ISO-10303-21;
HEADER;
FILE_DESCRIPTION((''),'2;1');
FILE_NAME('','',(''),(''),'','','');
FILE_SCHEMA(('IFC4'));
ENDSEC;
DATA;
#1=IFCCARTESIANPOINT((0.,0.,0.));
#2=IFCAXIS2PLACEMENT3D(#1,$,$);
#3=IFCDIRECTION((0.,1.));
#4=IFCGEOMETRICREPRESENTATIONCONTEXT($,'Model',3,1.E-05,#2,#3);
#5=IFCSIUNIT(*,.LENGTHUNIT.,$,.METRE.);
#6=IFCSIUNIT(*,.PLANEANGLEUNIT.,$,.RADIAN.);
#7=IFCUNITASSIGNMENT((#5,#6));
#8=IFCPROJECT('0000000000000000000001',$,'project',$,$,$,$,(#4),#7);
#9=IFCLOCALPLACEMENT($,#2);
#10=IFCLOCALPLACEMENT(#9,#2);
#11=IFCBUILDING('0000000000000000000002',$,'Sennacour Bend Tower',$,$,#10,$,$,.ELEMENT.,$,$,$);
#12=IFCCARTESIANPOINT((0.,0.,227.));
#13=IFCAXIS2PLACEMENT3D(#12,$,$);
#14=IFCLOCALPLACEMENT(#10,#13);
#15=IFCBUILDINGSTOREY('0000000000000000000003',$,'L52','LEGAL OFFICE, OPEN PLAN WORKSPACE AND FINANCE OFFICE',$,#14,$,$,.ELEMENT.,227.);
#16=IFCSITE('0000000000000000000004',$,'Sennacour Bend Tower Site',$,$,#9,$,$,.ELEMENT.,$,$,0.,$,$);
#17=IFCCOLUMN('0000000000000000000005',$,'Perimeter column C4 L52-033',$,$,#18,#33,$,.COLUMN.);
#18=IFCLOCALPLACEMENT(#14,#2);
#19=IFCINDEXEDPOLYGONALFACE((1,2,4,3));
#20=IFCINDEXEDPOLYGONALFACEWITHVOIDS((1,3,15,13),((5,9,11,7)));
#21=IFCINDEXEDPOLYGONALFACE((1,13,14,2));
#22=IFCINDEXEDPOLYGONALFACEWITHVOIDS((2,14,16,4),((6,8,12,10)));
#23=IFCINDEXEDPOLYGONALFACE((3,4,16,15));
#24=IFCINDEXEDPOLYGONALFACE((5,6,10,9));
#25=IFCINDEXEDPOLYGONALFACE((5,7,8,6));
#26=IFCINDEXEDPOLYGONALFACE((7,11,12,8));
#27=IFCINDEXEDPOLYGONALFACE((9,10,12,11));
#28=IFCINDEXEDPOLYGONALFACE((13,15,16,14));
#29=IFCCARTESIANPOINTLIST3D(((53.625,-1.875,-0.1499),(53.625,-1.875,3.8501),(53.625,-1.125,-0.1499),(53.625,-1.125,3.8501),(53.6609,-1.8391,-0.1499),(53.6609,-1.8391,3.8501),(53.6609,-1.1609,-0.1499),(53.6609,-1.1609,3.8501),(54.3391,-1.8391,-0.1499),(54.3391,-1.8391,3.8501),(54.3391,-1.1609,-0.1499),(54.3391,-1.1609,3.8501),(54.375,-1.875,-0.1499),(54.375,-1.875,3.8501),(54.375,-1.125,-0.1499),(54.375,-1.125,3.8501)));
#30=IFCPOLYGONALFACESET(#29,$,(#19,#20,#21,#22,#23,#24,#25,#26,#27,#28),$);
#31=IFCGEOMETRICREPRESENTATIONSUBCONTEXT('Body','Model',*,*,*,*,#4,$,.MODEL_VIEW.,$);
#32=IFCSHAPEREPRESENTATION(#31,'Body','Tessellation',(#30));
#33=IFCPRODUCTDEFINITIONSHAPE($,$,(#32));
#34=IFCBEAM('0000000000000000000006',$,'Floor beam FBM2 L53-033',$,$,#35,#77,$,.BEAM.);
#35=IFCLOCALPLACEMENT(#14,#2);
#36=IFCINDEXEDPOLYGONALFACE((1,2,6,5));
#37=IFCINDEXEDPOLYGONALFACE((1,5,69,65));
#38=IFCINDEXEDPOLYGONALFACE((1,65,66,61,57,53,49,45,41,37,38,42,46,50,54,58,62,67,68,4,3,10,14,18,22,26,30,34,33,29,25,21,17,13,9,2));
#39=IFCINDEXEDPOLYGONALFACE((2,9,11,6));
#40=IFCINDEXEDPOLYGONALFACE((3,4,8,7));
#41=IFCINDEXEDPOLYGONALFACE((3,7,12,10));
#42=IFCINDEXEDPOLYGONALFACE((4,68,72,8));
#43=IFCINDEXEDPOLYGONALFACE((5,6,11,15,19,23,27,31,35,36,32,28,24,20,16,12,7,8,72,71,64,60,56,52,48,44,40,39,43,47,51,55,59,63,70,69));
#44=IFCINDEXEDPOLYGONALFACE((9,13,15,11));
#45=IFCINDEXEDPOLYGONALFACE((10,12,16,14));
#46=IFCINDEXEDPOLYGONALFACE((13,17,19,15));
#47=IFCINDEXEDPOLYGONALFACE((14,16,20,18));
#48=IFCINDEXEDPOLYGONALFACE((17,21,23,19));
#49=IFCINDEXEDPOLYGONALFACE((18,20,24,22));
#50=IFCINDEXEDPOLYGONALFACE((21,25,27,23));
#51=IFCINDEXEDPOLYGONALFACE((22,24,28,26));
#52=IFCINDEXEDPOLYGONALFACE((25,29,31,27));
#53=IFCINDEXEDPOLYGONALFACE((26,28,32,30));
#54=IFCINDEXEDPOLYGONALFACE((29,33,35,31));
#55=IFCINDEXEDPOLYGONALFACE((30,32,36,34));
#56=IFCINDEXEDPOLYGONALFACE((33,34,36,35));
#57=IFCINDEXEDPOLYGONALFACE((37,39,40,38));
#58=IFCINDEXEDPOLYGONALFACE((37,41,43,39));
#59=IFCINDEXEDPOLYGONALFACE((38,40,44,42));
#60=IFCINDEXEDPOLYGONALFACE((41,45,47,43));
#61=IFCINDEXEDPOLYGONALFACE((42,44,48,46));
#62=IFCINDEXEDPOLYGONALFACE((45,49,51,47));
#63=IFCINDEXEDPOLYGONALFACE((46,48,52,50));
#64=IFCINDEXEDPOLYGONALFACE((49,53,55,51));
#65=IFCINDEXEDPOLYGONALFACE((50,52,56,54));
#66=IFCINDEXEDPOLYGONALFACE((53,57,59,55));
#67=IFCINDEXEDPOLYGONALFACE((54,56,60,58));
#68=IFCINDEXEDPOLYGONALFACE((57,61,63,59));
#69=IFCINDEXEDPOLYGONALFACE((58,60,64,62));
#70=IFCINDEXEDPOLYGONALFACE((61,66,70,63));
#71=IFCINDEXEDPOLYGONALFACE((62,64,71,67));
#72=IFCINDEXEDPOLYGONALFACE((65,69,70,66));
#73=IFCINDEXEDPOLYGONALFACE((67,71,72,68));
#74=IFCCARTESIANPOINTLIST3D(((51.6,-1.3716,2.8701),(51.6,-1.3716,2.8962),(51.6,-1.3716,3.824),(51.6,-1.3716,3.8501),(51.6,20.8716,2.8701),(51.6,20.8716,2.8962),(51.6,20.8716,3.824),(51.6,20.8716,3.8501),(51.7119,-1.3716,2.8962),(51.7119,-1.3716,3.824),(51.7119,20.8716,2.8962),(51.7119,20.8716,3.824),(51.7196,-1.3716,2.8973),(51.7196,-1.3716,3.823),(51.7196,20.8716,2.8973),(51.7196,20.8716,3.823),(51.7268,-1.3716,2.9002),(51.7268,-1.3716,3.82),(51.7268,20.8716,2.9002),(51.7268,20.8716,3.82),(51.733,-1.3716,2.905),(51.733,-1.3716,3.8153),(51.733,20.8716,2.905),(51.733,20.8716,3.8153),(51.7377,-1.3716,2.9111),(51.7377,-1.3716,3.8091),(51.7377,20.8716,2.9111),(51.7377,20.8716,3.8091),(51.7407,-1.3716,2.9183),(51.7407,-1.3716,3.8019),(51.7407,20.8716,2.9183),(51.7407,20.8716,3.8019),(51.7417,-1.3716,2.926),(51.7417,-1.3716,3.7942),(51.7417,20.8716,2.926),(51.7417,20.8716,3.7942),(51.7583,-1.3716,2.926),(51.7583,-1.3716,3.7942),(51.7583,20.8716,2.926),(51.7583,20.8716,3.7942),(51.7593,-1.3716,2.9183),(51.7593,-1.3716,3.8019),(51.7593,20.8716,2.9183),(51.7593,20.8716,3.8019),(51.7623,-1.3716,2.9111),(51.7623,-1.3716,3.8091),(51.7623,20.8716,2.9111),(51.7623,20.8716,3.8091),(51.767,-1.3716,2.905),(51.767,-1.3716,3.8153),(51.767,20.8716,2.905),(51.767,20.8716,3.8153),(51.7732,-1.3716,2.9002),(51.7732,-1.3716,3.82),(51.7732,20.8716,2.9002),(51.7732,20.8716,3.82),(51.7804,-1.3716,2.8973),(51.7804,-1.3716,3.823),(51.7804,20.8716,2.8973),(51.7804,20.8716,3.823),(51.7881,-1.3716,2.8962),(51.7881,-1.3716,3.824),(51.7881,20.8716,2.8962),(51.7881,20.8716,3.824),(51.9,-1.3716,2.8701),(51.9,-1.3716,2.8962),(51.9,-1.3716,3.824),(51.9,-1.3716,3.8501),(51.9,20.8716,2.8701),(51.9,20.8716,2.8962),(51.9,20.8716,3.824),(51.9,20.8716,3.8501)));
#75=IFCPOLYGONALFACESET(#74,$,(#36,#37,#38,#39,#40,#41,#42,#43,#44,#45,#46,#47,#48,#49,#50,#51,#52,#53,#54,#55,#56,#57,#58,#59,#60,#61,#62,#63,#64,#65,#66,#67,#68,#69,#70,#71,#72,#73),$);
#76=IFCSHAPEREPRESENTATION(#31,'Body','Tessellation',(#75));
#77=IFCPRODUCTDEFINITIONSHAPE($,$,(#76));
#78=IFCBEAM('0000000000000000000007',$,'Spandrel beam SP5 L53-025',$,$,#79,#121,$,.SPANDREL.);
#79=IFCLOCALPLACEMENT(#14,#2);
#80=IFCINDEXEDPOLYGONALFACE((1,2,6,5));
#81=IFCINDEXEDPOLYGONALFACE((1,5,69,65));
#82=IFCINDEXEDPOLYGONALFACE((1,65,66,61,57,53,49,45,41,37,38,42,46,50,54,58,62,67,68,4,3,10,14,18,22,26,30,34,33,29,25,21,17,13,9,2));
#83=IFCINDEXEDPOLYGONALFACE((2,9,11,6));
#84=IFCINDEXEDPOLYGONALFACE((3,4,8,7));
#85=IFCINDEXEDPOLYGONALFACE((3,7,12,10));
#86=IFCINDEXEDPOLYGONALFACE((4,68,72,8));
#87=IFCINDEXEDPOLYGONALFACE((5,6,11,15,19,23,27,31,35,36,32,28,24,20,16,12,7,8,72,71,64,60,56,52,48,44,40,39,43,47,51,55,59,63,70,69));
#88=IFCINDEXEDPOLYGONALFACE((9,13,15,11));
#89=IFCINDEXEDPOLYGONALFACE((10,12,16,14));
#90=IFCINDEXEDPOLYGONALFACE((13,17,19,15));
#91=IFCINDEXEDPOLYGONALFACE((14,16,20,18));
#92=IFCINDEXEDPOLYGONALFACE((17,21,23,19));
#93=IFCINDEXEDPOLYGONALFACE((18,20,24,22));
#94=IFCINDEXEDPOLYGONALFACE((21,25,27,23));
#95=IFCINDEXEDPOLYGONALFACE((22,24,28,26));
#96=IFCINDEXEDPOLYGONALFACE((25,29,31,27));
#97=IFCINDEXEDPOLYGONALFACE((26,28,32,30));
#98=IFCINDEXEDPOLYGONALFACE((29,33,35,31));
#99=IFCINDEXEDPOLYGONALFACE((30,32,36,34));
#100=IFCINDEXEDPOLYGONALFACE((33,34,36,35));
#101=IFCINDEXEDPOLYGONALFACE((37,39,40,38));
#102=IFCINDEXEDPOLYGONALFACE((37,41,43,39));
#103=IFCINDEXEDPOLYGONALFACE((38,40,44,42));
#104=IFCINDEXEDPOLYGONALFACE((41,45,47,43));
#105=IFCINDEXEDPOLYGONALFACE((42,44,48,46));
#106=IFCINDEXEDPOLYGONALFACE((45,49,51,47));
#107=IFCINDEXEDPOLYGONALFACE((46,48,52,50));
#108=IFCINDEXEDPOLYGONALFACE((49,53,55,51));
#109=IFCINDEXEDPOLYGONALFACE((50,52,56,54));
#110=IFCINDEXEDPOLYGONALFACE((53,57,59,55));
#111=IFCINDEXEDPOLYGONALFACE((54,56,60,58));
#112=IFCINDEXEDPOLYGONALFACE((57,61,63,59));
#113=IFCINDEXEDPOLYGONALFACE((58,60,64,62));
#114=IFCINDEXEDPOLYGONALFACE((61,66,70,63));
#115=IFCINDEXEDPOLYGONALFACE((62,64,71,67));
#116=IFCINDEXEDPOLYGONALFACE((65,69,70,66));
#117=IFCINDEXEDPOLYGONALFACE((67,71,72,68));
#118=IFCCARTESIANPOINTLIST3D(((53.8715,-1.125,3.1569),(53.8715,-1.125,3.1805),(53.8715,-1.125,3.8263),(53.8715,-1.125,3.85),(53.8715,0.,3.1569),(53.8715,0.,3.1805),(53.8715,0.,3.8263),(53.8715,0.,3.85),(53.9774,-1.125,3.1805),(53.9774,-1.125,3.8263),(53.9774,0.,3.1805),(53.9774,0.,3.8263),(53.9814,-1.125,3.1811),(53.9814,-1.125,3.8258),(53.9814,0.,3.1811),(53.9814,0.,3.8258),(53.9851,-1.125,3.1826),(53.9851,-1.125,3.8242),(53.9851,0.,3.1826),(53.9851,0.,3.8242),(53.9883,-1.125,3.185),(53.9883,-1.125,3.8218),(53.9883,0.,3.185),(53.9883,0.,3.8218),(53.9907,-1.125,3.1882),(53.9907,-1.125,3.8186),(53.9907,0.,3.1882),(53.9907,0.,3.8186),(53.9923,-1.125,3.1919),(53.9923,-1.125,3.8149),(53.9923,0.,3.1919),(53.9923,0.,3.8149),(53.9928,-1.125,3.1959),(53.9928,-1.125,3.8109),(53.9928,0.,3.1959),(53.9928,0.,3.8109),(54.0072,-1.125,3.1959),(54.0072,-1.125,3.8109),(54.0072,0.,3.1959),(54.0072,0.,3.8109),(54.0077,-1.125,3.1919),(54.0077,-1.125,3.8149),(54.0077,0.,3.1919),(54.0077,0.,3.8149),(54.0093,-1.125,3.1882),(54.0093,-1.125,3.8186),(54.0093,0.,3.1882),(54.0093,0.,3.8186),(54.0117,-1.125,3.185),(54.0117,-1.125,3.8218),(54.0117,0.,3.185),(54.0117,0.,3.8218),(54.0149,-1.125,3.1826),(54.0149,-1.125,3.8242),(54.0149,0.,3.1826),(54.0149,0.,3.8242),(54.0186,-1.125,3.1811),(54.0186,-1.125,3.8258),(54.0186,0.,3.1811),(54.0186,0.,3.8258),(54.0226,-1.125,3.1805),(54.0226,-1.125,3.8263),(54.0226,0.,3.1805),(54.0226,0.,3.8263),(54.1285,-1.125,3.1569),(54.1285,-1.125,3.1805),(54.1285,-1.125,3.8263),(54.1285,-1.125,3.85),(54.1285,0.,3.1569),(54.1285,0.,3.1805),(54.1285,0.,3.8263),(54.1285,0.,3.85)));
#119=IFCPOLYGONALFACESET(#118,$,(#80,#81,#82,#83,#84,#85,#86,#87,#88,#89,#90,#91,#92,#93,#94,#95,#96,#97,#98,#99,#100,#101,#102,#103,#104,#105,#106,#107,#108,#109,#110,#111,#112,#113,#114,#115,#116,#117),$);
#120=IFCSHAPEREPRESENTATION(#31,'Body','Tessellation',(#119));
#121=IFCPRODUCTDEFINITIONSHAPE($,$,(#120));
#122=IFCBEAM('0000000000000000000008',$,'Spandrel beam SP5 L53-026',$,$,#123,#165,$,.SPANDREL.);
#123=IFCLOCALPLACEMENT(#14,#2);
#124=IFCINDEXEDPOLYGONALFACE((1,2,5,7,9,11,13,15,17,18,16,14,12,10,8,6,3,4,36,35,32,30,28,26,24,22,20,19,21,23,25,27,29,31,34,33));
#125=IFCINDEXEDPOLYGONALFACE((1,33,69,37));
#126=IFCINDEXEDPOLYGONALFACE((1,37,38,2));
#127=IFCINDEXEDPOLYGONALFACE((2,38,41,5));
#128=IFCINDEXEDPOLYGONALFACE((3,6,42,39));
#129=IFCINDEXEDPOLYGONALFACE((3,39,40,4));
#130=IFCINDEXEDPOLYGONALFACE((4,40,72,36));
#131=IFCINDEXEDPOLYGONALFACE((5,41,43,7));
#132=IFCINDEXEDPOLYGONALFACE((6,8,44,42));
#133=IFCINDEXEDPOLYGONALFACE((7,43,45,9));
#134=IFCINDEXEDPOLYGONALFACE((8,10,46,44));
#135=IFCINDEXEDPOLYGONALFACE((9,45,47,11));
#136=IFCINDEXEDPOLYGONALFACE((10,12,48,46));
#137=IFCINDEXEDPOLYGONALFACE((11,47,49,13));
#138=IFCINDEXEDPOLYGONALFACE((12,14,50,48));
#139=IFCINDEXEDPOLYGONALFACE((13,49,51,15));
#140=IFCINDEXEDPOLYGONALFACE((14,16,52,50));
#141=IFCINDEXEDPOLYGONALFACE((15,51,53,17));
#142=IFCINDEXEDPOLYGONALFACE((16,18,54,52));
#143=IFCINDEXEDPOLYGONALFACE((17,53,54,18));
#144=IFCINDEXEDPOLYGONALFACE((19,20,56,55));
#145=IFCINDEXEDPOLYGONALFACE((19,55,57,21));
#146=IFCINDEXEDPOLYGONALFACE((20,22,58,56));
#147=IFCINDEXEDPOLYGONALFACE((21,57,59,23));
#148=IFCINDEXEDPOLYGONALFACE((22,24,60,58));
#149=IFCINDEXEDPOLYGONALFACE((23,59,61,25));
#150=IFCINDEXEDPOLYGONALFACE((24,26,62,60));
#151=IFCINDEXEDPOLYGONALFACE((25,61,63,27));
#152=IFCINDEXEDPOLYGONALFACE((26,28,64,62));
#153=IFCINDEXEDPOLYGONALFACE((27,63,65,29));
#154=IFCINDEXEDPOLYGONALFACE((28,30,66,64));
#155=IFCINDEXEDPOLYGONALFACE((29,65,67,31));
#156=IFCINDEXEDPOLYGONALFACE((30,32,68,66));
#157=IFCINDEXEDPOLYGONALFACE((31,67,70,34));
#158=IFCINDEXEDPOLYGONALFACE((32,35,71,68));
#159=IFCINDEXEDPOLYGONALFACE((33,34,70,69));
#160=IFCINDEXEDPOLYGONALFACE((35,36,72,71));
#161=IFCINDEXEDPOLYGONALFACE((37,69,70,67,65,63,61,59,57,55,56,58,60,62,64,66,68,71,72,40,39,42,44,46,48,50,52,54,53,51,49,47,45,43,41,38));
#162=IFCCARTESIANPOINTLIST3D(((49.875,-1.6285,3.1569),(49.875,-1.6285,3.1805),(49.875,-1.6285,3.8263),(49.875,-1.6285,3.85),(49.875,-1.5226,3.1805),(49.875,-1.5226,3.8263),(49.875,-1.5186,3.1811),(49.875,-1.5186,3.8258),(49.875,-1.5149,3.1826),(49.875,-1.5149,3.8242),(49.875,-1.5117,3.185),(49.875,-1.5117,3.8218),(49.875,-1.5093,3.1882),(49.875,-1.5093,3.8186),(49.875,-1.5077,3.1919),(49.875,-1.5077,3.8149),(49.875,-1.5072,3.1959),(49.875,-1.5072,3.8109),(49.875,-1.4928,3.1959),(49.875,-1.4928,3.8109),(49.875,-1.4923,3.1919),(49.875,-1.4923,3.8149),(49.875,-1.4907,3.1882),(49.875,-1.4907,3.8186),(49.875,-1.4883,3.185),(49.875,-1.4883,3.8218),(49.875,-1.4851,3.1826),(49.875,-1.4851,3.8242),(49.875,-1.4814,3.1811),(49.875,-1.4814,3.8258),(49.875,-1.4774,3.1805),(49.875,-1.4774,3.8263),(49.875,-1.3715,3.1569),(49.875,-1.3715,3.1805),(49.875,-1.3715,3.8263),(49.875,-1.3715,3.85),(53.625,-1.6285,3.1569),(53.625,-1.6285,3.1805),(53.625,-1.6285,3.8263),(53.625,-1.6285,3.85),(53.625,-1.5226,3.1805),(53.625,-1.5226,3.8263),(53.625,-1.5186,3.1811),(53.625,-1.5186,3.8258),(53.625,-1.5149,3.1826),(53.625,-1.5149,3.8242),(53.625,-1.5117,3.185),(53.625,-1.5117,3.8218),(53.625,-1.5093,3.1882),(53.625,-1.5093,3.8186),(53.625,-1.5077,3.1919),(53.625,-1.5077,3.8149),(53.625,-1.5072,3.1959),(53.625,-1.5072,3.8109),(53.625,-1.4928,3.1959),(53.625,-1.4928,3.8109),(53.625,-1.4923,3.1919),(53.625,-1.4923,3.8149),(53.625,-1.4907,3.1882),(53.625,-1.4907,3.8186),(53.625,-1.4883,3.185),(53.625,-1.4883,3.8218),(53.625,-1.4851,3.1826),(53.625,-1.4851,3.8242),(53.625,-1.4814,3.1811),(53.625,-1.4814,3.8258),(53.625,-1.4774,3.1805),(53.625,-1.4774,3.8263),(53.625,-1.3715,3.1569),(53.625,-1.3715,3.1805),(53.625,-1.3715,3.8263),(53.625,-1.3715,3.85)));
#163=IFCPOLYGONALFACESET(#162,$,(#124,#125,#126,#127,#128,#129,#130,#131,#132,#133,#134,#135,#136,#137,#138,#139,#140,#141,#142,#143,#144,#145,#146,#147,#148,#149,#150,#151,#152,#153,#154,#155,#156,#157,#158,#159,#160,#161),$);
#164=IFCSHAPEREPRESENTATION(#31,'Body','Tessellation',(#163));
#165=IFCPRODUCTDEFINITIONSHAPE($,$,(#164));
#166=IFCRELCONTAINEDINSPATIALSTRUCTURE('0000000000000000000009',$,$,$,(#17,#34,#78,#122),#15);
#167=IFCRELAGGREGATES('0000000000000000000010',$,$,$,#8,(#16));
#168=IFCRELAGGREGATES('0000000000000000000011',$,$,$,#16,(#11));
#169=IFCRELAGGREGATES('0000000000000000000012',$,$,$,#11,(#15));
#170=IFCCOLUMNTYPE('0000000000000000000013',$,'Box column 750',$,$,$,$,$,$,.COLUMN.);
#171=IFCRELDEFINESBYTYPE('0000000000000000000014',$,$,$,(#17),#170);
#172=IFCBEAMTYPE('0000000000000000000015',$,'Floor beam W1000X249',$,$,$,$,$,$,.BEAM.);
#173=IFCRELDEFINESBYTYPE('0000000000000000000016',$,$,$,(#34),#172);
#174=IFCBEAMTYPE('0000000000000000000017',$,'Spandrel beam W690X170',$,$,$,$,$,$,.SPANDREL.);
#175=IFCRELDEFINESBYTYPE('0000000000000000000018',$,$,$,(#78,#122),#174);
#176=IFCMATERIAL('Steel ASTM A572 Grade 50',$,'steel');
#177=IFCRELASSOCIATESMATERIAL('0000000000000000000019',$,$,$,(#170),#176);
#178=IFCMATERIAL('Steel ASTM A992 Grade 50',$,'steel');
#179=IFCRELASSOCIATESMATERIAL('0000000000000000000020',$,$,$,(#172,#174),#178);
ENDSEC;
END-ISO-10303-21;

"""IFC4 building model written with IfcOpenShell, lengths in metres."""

from ifc_helpers import new_model, si_unit, direction, frame, origin, origin_2d, place, context, subcontext, project, spatial, hollow_rectangle, i_section, extrude, material, material_profile, profile_set, type_object, element, save


model = new_model("IFC4")

# Units and contexts
model_context = context("Model", 3, precision=1e-05, world=origin(), true_north=direction((0.0, 1.0)))
body_context = subcontext(model_context, "Body", "Model", "MODEL_VIEW")
ifc_project = project(units=[si_unit("LENGTHUNIT", "METRE"), si_unit("PLANEANGLEUNIT", "RADIAN")], contexts=[model_context])

# Site, building, storey
site_placement = place(None, origin())
site = spatial("IfcSite", under=ifc_project, at=site_placement, Name="Sennacour Bend Tower Site", CompositionType="ELEMENT", RefElevation=0.0)
building_placement = place(site_placement, origin())
building = spatial("IfcBuilding", under=site, at=building_placement, Name="Sennacour Bend Tower", CompositionType="ELEMENT")
storey_placement = place(building_placement, frame((0.0, 0.0, 227.0)))
storey = spatial("IfcBuildingStorey", under=building, at=storey_placement, Name="L52", Description="LEGAL OFFICE, OPEN PLAN WORKSPACE AND FINANCE OFFICE", CompositionType="ELEMENT", Elevation=227.0)

# Column
ifc_material_1 = material(Name="Steel ASTM A572 Grade 50", Category="steel")
ifc_material_profile_1 = material_profile(ifc_material_1, hollow_rectangle(XDim=0.75, YDim=0.75, WallThickness=0.0359, at=origin_2d()), Name="Steel ASTM A572 Grade 50", Category="steel")
ifc_profile_set_1 = profile_set([ifc_material_profile_1], Name="Steel ASTM A572 Grade 50")
column_type = type_object("IfcColumnType", Name="Box column 750", PredefinedType="COLUMN", material=ifc_profile_set_1)
column_placement = place(storey_placement, frame((54.0, -1.5, -0.1499), z_axis=(0.0, 0.0, 1.0), x_axis=(1.0, 0.0, 0.0)))
element("IfcColumn", 1, at=column_placement, inside=storey, type_object=column_type, Name="Perimeter column C4 L52-033", PredefinedType="COLUMN", context=body_context, shape_type="SweptSolid", body=[
    extrude(hollow_rectangle(XDim=0.75, YDim=0.75, WallThickness=0.0359, at=origin_2d()), origin(), (0.0, 0.0, 1.0), 4.0),
])

# Beams
ifc_material_2 = material(Name="Steel ASTM A992 Grade 50", Category="steel")
ifc_material_profile_2 = material_profile(ifc_material_2, i_section(OverallWidth=0.3, OverallDepth=0.98, WebThickness=0.0166, FlangeThickness=0.0261, FilletRadius=0.0298, at=origin_2d()), Name="Steel ASTM A992 Grade 50", Category="steel")
ifc_profile_set_2 = profile_set([ifc_material_profile_2], Name="Steel ASTM A992 Grade 50")
beam_type_1 = type_object("IfcBeamType", Name="Floor beam W1000X249", PredefinedType="BEAM", material=ifc_profile_set_2)
beam_1_placement = place(storey_placement, frame((51.75, -1.3716, 3.3601), z_axis=(0.0, 1.0, 0.0), x_axis=(-1.0, 0.0, 0.0)))
element("IfcBeam", 2, at=beam_1_placement, inside=storey, type_object=beam_type_1, Name="Floor beam FBM2 L53-033", PredefinedType="BEAM", context=body_context, shape_type="SweptSolid", body=[
    extrude(i_section(OverallWidth=0.3, OverallDepth=0.98, WebThickness=0.0166, FlangeThickness=0.0261, FilletRadius=0.0298, at=origin_2d()), origin(), (0.0, 0.0, 1.0), 22.2432),
])
ifc_material_profile_3 = material_profile(ifc_material_2, i_section(OverallWidth=0.2571, OverallDepth=0.6931, WebThickness=0.0144, FlangeThickness=0.0237, FilletRadius=0.0154, at=origin_2d()), Name="Steel ASTM A992 Grade 50", Category="steel")
ifc_profile_set_3 = profile_set([ifc_material_profile_3], Name="Steel ASTM A992 Grade 50")
beam_type_2 = type_object("IfcBeamType", Name="Spandrel beam W690X170", PredefinedType="SPANDREL", material=ifc_profile_set_3)
beam_2_placement = place(storey_placement, frame((54.0, 0.0, 3.5034), z_axis=(0.0, -1.0, 0.0), x_axis=(1.0, 0.0, 0.0)))
element("IfcBeam", 3, at=beam_2_placement, inside=storey, type_object=beam_type_2, Name="Spandrel beam SP5 L53-025", PredefinedType="SPANDREL", context=body_context, shape_type="SweptSolid", body=[
    extrude(i_section(OverallWidth=0.2571, OverallDepth=0.6931, WebThickness=0.0144, FlangeThickness=0.0237, FilletRadius=0.0154, at=origin_2d()), origin(), (0.0, 0.0, 1.0), 1.125),
])
beam_3_placement = place(storey_placement, frame((53.625, -1.5, 3.5034), z_axis=(-1.0, 0.0, 0.0), x_axis=(0.0, -1.0, 0.0)))
element("IfcBeam", 4, at=beam_3_placement, inside=storey, type_object=beam_type_2, Name="Spandrel beam SP5 L53-026", PredefinedType="SPANDREL", context=body_context, shape_type="SweptSolid", body=[
    extrude(i_section(OverallWidth=0.2571, OverallDepth=0.6931, WebThickness=0.0144, FlangeThickness=0.0237, FilletRadius=0.0154, at=origin_2d()), origin(), (0.0, 0.0, 1.0), 3.75),
])

save(model, "model.ifc")
